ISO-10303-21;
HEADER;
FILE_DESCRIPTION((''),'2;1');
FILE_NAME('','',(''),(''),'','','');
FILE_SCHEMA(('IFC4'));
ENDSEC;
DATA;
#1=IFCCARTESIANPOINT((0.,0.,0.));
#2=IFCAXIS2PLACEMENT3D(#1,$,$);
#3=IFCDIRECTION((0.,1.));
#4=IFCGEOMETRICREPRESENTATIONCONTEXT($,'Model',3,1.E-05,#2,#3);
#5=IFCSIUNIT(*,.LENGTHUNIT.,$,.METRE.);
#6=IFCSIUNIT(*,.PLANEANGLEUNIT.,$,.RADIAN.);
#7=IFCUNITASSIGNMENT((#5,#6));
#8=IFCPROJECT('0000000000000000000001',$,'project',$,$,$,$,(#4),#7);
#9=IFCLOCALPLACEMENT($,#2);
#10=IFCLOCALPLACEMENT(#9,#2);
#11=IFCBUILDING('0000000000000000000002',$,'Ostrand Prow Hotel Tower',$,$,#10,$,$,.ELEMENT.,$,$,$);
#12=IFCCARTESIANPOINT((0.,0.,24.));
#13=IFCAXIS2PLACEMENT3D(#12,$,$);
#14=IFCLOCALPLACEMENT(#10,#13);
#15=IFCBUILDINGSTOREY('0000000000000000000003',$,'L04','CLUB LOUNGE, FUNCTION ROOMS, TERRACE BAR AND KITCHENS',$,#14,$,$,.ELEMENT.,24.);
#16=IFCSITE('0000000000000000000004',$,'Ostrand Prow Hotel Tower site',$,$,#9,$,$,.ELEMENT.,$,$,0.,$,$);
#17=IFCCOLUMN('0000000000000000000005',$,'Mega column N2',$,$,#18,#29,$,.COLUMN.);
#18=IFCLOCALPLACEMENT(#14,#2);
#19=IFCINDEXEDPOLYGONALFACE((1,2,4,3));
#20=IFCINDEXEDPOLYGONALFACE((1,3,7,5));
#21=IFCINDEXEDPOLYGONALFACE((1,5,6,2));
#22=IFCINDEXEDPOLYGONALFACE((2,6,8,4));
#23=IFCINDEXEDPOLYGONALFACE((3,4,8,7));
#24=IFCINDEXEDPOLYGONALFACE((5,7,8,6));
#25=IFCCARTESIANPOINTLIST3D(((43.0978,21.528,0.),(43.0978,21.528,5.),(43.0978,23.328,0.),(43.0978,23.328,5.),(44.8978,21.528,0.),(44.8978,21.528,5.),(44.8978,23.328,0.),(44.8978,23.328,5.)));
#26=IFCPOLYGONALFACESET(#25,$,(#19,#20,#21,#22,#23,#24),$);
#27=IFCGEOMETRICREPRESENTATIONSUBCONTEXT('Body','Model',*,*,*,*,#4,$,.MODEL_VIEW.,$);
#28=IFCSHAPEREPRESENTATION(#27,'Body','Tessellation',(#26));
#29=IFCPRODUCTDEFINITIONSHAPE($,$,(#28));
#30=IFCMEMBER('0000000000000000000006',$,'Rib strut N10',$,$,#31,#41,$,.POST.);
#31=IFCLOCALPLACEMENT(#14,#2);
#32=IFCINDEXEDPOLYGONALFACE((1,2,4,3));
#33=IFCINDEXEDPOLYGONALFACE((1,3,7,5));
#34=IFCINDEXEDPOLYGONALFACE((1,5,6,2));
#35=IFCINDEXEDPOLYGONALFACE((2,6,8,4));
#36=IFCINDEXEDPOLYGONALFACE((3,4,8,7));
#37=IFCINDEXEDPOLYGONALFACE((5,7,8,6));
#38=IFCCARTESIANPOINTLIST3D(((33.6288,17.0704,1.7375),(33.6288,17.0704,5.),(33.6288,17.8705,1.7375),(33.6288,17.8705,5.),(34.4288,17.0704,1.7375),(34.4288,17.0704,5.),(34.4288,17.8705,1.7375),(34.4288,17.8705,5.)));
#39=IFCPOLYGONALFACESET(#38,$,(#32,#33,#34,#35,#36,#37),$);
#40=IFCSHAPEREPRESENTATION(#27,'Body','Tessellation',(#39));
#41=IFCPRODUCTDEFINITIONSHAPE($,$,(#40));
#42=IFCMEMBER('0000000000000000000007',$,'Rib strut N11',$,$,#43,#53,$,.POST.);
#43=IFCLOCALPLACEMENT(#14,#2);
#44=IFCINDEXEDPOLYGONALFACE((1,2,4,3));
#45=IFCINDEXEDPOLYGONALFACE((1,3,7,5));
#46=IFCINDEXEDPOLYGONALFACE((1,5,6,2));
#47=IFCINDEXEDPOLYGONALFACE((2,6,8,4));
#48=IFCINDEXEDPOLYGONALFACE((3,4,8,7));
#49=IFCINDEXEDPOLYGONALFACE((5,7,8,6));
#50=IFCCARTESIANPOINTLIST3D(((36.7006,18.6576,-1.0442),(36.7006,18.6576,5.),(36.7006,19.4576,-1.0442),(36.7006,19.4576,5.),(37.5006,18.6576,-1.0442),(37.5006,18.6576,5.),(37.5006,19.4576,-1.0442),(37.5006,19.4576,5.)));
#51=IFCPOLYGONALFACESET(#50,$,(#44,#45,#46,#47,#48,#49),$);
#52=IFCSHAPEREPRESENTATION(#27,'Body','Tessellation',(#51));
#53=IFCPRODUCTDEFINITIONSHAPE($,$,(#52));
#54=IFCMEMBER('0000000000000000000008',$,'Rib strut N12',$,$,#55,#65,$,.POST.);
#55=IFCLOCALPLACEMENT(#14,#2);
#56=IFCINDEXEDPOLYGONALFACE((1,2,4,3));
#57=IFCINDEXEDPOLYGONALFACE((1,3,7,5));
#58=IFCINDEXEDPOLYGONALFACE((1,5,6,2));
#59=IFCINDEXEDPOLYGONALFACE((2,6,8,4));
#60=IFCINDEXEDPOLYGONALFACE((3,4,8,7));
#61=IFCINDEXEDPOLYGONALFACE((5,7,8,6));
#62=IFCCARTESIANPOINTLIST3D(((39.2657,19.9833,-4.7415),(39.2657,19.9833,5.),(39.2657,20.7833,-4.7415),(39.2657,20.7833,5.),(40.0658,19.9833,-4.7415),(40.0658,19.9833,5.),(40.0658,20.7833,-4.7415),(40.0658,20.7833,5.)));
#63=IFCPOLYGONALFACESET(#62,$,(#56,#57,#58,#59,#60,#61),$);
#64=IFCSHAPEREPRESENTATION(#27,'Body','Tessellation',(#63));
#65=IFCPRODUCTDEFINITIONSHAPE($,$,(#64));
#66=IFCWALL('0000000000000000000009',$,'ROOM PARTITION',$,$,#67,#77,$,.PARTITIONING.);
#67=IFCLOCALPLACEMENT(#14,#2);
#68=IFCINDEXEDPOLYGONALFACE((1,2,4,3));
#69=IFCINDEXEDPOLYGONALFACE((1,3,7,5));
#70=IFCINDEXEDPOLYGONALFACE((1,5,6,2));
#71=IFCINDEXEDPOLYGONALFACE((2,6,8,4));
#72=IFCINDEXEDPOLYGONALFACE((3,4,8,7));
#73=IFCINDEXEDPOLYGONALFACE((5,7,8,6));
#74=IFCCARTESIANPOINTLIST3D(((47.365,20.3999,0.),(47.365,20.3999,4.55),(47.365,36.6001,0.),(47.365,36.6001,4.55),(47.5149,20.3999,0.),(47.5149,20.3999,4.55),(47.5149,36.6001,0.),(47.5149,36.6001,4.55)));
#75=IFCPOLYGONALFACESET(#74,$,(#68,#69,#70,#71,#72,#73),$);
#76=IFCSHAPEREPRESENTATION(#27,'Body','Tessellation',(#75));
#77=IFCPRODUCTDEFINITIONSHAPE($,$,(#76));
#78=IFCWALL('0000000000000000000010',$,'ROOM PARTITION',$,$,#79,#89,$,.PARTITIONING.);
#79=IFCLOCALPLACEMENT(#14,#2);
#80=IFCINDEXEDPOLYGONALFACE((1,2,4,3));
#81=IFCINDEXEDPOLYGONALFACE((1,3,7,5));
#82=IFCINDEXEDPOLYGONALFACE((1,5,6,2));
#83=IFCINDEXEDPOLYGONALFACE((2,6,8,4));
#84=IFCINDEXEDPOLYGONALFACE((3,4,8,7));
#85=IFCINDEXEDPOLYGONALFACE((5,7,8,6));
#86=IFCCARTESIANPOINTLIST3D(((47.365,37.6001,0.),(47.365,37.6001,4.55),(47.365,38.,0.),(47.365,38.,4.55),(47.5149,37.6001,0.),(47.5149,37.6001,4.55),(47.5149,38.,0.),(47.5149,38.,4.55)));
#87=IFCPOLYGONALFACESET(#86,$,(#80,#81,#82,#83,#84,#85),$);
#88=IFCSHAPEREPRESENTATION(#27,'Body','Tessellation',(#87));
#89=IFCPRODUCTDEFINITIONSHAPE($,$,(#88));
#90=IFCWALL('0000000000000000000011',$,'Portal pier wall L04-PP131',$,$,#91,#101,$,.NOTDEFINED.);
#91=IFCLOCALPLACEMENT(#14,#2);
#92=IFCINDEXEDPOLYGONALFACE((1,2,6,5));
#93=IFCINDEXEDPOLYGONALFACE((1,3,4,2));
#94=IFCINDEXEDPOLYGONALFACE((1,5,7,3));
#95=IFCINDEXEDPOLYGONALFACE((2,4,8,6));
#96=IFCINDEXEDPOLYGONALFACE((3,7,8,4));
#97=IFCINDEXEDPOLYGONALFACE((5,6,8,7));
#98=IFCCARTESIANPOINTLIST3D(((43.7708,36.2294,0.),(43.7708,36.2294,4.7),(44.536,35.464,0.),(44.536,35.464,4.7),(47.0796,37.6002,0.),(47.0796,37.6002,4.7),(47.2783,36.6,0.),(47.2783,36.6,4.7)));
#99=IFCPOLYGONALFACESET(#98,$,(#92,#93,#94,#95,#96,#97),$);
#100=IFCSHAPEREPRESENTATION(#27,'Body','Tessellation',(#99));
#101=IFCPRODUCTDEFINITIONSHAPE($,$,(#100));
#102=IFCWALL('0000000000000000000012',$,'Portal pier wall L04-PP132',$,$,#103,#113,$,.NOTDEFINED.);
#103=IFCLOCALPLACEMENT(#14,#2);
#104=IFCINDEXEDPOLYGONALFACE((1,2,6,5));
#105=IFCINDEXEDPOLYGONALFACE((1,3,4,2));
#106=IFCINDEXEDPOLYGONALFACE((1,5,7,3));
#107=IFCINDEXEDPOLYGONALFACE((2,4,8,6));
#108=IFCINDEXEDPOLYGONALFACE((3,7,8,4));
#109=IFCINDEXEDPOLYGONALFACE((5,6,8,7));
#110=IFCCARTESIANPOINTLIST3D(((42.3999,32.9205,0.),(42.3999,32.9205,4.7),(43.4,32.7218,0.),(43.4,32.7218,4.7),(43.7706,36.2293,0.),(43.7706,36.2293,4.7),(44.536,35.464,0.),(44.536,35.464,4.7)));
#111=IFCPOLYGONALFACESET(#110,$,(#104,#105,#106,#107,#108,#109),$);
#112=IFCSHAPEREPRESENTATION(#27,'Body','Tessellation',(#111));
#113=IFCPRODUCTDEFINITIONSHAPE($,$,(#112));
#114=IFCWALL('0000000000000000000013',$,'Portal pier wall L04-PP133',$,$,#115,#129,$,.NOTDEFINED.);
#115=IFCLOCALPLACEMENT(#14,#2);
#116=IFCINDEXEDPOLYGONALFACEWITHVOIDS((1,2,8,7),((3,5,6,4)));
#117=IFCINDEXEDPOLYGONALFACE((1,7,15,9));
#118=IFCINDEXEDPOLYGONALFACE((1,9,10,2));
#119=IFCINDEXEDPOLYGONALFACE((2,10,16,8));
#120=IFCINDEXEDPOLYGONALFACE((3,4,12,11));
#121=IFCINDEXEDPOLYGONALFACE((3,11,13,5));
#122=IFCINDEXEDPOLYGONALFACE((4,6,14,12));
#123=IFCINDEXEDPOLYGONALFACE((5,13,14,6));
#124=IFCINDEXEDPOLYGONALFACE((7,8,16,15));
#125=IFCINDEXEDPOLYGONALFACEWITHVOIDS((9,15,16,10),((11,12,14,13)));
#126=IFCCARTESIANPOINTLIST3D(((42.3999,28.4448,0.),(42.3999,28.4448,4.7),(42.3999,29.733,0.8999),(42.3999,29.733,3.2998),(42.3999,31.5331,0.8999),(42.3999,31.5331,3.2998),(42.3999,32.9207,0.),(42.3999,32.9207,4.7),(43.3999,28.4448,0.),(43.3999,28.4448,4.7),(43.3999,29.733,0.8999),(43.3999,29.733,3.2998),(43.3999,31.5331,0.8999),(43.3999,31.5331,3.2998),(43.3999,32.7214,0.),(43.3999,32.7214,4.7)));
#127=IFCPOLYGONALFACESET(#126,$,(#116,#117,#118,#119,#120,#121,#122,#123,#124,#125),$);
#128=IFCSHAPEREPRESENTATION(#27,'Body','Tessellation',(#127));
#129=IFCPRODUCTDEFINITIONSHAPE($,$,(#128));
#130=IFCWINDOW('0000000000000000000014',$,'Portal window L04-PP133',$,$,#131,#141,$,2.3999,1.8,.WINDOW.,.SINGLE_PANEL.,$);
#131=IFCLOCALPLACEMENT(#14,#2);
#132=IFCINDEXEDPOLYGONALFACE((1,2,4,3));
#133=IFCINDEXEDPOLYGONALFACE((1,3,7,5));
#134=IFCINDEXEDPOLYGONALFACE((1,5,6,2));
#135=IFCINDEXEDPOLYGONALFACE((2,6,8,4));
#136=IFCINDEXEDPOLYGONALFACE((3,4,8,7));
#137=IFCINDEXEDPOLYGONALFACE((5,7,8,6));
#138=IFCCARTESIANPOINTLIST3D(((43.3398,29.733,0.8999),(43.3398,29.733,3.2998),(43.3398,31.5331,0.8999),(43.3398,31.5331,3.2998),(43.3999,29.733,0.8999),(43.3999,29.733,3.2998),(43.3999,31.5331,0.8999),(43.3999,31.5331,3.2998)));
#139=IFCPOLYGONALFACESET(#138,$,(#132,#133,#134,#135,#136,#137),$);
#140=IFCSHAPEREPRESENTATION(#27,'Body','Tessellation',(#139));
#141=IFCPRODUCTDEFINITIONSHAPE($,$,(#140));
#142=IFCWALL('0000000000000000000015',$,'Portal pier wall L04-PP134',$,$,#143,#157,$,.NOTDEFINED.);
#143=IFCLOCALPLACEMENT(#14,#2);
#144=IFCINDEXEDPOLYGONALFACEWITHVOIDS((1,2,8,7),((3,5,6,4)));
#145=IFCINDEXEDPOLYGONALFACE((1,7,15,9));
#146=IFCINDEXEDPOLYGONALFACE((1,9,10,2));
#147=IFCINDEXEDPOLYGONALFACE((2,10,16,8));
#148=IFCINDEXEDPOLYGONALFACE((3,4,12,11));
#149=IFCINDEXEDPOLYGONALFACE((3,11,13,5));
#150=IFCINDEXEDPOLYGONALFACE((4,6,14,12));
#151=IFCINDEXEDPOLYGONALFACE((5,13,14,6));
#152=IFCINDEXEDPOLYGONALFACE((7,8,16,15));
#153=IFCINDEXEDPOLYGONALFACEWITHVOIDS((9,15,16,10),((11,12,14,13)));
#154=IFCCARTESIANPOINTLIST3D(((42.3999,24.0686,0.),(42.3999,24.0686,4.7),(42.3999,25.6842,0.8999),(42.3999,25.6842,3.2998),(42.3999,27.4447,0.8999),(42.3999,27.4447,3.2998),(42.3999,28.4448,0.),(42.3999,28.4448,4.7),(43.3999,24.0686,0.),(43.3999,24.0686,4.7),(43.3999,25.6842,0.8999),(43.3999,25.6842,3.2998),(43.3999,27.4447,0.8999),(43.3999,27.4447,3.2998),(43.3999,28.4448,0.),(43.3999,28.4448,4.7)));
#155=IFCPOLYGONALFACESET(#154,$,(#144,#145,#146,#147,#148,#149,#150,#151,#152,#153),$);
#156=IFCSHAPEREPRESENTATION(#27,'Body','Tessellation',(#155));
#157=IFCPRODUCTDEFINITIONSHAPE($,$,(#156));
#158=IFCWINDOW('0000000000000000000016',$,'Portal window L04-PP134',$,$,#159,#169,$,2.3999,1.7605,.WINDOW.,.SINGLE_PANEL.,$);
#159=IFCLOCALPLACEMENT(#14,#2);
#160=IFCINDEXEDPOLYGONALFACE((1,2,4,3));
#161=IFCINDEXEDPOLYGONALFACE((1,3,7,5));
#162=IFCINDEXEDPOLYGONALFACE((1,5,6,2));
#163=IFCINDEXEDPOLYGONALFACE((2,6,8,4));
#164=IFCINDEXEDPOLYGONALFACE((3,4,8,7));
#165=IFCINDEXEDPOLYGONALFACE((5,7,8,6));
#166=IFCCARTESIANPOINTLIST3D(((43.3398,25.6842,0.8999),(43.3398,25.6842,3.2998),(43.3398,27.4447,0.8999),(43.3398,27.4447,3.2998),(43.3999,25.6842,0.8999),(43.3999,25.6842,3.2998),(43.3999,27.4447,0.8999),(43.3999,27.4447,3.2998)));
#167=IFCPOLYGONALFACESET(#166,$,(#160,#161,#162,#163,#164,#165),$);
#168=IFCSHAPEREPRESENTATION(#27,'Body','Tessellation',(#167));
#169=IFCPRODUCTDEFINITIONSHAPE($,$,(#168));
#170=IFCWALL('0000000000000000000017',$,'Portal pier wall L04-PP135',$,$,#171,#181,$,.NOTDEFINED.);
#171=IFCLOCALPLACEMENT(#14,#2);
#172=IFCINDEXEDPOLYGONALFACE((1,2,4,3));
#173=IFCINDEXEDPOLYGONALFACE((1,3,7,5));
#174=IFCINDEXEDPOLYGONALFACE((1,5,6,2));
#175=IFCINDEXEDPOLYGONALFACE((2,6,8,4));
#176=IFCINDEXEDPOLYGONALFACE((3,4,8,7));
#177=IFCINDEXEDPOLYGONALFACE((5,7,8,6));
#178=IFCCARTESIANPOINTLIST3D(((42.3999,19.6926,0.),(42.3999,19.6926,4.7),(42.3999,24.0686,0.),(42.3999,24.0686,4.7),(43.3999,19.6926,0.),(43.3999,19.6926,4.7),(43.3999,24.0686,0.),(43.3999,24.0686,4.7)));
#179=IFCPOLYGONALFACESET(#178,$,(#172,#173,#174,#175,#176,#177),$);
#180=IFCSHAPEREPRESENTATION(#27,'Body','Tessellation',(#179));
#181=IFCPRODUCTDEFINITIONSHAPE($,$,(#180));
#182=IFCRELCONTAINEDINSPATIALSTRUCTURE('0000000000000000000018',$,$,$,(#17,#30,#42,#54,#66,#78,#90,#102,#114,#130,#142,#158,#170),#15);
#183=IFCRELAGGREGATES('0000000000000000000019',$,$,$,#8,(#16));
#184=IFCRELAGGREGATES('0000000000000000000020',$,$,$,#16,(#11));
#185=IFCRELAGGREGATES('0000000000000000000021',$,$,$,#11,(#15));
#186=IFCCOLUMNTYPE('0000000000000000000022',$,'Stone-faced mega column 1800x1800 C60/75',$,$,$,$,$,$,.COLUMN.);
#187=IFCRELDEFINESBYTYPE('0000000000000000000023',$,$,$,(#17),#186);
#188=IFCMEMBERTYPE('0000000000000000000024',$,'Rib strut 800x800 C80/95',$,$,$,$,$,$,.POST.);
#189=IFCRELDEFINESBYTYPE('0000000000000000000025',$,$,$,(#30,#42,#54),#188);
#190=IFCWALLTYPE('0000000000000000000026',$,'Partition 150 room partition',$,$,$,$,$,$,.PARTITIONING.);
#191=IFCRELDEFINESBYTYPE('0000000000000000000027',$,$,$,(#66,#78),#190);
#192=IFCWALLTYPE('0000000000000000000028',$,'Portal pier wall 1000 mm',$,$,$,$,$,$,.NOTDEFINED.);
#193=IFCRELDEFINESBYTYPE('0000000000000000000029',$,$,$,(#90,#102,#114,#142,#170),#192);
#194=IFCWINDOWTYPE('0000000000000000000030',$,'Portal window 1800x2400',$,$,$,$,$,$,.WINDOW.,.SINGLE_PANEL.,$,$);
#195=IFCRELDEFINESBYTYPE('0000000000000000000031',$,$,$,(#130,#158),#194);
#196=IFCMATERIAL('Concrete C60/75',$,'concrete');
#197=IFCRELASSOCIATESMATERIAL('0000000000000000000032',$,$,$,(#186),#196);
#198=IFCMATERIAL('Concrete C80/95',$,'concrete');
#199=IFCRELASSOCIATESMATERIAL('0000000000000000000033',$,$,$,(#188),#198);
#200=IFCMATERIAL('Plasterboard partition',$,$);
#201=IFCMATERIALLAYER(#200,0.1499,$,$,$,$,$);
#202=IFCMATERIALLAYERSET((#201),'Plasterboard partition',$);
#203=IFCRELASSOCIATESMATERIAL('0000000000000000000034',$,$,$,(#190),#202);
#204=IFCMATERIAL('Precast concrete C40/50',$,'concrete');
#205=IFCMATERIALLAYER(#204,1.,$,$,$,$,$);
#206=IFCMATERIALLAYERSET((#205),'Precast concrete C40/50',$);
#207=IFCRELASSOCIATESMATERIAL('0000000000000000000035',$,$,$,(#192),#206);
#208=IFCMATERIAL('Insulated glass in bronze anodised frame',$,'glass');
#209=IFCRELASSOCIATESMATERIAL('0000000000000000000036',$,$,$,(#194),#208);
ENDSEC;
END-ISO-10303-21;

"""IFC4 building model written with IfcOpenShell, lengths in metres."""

from ifc_helpers import new_model, si_unit, direction, frame, frame_2d, origin, origin_2d, place, context, subcontext, project, spatial, polyline, rectangle, outline, extrude, material, layer, layer_set, material_profile, profile_set, type_object, element, fill, save


model = new_model("IFC4")

# Units and contexts
model_context = context("Model", 3, precision=1e-05, world=origin(), true_north=direction((0.0, 1.0)))
body_context = subcontext(model_context, "Body", "Model", "MODEL_VIEW")
ifc_project = project(units=[si_unit("LENGTHUNIT", "METRE"), si_unit("PLANEANGLEUNIT", "RADIAN")], contexts=[model_context])

# Site, building, storey
site_placement = place(None, origin())
site = spatial("IfcSite", under=ifc_project, at=site_placement, Name="Ostrand Prow Hotel Tower site", CompositionType="ELEMENT", RefElevation=0.0)
building_placement = place(site_placement, origin())
building = spatial("IfcBuilding", under=site, at=building_placement, Name="Ostrand Prow Hotel Tower", CompositionType="ELEMENT")
storey_placement = place(building_placement, frame((0.0, 0.0, 24.0)))
storey = spatial("IfcBuildingStorey", under=building, at=storey_placement, Name="L04", Description="CLUB LOUNGE, FUNCTION ROOMS, TERRACE BAR AND KITCHENS", CompositionType="ELEMENT", Elevation=24.0)

# Column
ifc_material_1 = material(Name="Concrete C60/75", Category="concrete")
ifc_material_profile_1 = material_profile(ifc_material_1, rectangle(XDim=1.8, YDim=1.8, at=origin_2d()), Name="RC 1800x1800")
ifc_profile_set_1 = profile_set([ifc_material_profile_1], Name="Concrete C60/75")
column_type = type_object("IfcColumnType", Name="Stone-faced mega column 1800x1800 C60/75", PredefinedType="COLUMN", material=ifc_profile_set_1)
column_placement = place(storey_placement, frame((43.9978, 22.428, 0.0), z_axis=(0.0, 0.0, 1.0), x_axis=(1.0, 0.0, 0.0)))
element("IfcColumn", 1, at=column_placement, inside=storey, type_object=column_type, Name="Mega column N2", PredefinedType="COLUMN", context=body_context, shape_type="SweptSolid", body=[
    extrude(rectangle(XDim=1.8, YDim=1.8, at=origin_2d()), origin(), (0.0, 0.0, 1.0), 5.0),
])

# Members
ifc_material_2 = material(Name="Concrete C80/95", Category="concrete")
ifc_material_profile_2 = material_profile(ifc_material_2, rectangle(XDim=0.8, YDim=0.8, at=origin_2d()), Name="RC 800x800")
ifc_profile_set_2 = profile_set([ifc_material_profile_2], Name="Concrete C80/95")
member_type = type_object("IfcMemberType", Name="Rib strut 800x800 C80/95", PredefinedType="POST", material=ifc_profile_set_2)
member_1_placement = place(storey_placement, frame((34.0288, 17.4705, 1.7375), z_axis=(0.0, 0.0, 1.0), x_axis=(1.0, 0.0, 0.0)))
element("IfcMember", 2, at=member_1_placement, inside=storey, type_object=member_type, Name="Rib strut N10", PredefinedType="POST", context=body_context, shape_type="SweptSolid", body=[
    extrude(rectangle(XDim=0.8, YDim=0.8, at=origin_2d()), origin(), (0.0, 0.0, 1.0), 3.2625),
])
member_2_placement = place(storey_placement, frame((37.1006, 19.0576, -1.0442), z_axis=(0.0, 0.0, 1.0), x_axis=(1.0, 0.0, 0.0)))
element("IfcMember", 3, at=member_2_placement, inside=storey, type_object=member_type, Name="Rib strut N11", PredefinedType="POST", context=body_context, shape_type="SweptSolid", body=[
    extrude(rectangle(XDim=0.8, YDim=0.8, at=origin_2d()), origin(), (0.0, 0.0, 1.0), 6.0442),
])
member_3_placement = place(storey_placement, frame((39.6658, 20.3833, -4.7415), z_axis=(0.0, 0.0, 1.0), x_axis=(1.0, 0.0, 0.0)))
element("IfcMember", 4, at=member_3_placement, inside=storey, type_object=member_type, Name="Rib strut N12", PredefinedType="POST", context=body_context, shape_type="SweptSolid", body=[
    extrude(rectangle(XDim=0.8, YDim=0.8, at=origin_2d()), origin(), (0.0, 0.0, 1.0), 9.7415),
])

# Walls
ifc_material_3 = material(Name="Plasterboard partition")
ifc_layer_1 = layer(ifc_material_3, 0.1499)
ifc_layer_set_1 = layer_set([ifc_layer_1], Name="Plasterboard partition")
wall_type_1 = type_object("IfcWallType", Name="Partition 150 room partition", PredefinedType="PARTITIONING", material=ifc_layer_set_1)
wall_1_placement = place(storey_placement, frame((47.4399, 20.3999, 0.0), z_axis=(0.0, 0.0, 1.0), x_axis=(0.0, 1.0, 0.0)))
element("IfcWall", 5, at=wall_1_placement, inside=storey, type_object=wall_type_1, Name="ROOM PARTITION", PredefinedType="PARTITIONING", context=body_context, shape_type="SweptSolid", body=[
    extrude(rectangle(XDim=16.2002, YDim=0.1499, at=frame_2d((8.1001, 0.0))), origin(), (0.0, 0.0, 1.0), 4.55),
])
wall_2_placement = place(storey_placement, frame((47.4399, 37.6001, 0.0), z_axis=(0.0, 0.0, 1.0), x_axis=(0.0, 1.0, 0.0)))
element("IfcWall", 6, at=wall_2_placement, inside=storey, type_object=wall_type_1, Name="ROOM PARTITION", PredefinedType="PARTITIONING", context=body_context, shape_type="SweptSolid", body=[
    extrude(rectangle(XDim=0.3999, YDim=0.1499, at=frame_2d((0.2, 0.0))), origin(), (0.0, 0.0, 1.0), 4.55),
])
ifc_material_4 = material(Name="Precast concrete C40/50", Category="concrete")
ifc_layer_2 = layer(ifc_material_4, 1.0)
ifc_layer_set_2 = layer_set([ifc_layer_2], Name="Precast concrete C40/50")
wall_type_2 = type_object("IfcWallType", Name="Portal pier wall 1000 mm", PredefinedType="NOTDEFINED", material=ifc_layer_set_2)
wall_3_placement = place(storey_placement, frame((47.179, 37.1001, 0.0), z_axis=(0.0, 0.0, 1.0), x_axis=(-0.923862, -0.382725, 0.0)))
element("IfcWall", 7, at=wall_3_placement, inside=storey, type_object=wall_type_2, Name="Portal pier wall L04-PP131", PredefinedType="NOTDEFINED", context=body_context, shape_type="SweptSolid", body=[
    extrude(outline(polyline([(-0.0996, -0.5), (3.4819, -0.5), (3.0679, 0.5), (0.0996, 0.5), (-0.0996, -0.5)])), origin(), (0.0, 0.0, 1.0), 4.7),
])
wall_4_placement = place(storey_placement, frame((44.1533, 35.8467, 0.0), z_axis=(0.0, 0.0, 1.0), x_axis=(-0.382725, -0.923862, 0.0)))
element("IfcWall", 8, at=wall_4_placement, inside=storey, type_object=wall_type_2, Name="Portal pier wall L04-PP132", PredefinedType="NOTDEFINED", context=body_context, shape_type="SweptSolid", body=[
    extrude(outline(polyline([(-0.207, -0.5), (3.3745, -0.5), (3.1753, 0.5), (0.207, 0.5), (-0.207, -0.5)])), origin(), (0.0, 0.0, 1.0), 4.7),
])

# Walls, openings, windows
wall_5_placement = place(storey_placement, frame((42.8999, 32.821, 0.0), z_axis=(0.0, 0.0, 1.0), x_axis=(0.0, -1.0, 0.0)))
wall_5 = element("IfcWall", 9, at=wall_5_placement, inside=storey, type_object=wall_type_2, Name="Portal pier wall L04-PP133", PredefinedType="NOTDEFINED", context=body_context, shape_type="SweptSolid", body=[
    extrude(outline(polyline([(-0.0996, -0.5), (4.3762, -0.5), (4.3762, 0.5), (0.0996, 0.5), (-0.0996, -0.5)])), origin(), (0.0, 0.0, 1.0), 4.7),
])
opening_1_placement = place(wall_5_placement, frame((1.2881, 0.0, 0.8999)))
opening_1 = element("IfcOpeningElement", 10, at=opening_1_placement, cuts=wall_5, PredefinedType="OPENING", context=body_context, shape_type="SweptSolid", body=[
    extrude(rectangle(XDim=1.8, YDim=2.3999, at=frame_2d((0.8999, 1.2))), frame((0.0, 0.51, 0.0), z_axis=(0.0, -1.0, 0.0), x_axis=(1.0, 0.0, 0.0)), (0.0, 0.0, 1.0), 1.02),
])
ifc_material_5 = material(Name="Insulated glass in bronze anodised frame", Category="glass")
window_type = type_object("IfcWindowType", Name="Portal window 1800x2400", PartitioningType="SINGLE_PANEL", PredefinedType="WINDOW", material=ifc_material_5)
window_1_placement = place(opening_1_placement, origin())
window_1 = element("IfcWindow", 11, at=window_1_placement, inside=storey, type_object=window_type, Name="Portal window L04-PP133", OverallHeight=2.3999, OverallWidth=1.8, PartitioningType="SINGLE_PANEL", PredefinedType="WINDOW", context=body_context, shape_type="SweptSolid", body=[
    extrude(rectangle(XDim=1.8, YDim=2.3999, at=frame_2d((0.8999, 1.2))), frame((0.0, 0.5, 0.0), z_axis=(0.0, -1.0, 0.0), x_axis=(1.0, 0.0, 0.0)), (0.0, 0.0, 1.0), 0.0601),
])
fill(opening_1, window_1)
wall_6_placement = place(storey_placement, frame((42.8999, 28.4448, 0.0), z_axis=(0.0, 0.0, 1.0), x_axis=(0.0, -1.0, 0.0)))
wall_6 = element("IfcWall", 12, at=wall_6_placement, inside=storey, type_object=wall_type_2, Name="Portal pier wall L04-PP134", PredefinedType="NOTDEFINED", context=body_context, shape_type="SweptSolid", body=[
    extrude(outline(polyline([(0.0, -0.5), (4.3762, -0.5), (4.3762, 0.5), (0.0, 0.5), (0.0, -0.5)])), origin(), (0.0, 0.0, 1.0), 4.7),
])
opening_2_placement = place(wall_6_placement, frame((1.0, 0.0, 0.8999)))
opening_2 = element("IfcOpeningElement", 13, at=opening_2_placement, cuts=wall_6, PredefinedType="OPENING", context=body_context, shape_type="SweptSolid", body=[
    extrude(rectangle(XDim=1.7605, YDim=2.3999, at=frame_2d((0.8804, 1.2))), frame((0.0, 0.51, 0.0), z_axis=(0.0, -1.0, 0.0), x_axis=(1.0, 0.0, 0.0)), (0.0, 0.0, 1.0), 1.02),
])
window_2_placement = place(opening_2_placement, origin())
window_2 = element("IfcWindow", 14, at=window_2_placement, inside=storey, type_object=window_type, Name="Portal window L04-PP134", OverallHeight=2.3999, OverallWidth=1.7605, PartitioningType="SINGLE_PANEL", PredefinedType="WINDOW", context=body_context, shape_type="SweptSolid", body=[
    extrude(rectangle(XDim=1.7605, YDim=2.3999, at=frame_2d((0.8804, 1.2))), frame((0.0, 0.5, 0.0), z_axis=(0.0, -1.0, 0.0), x_axis=(1.0, 0.0, 0.0)), (0.0, 0.0, 1.0), 0.0601),
])
fill(opening_2, window_2)

# Wall
wall_7_placement = place(storey_placement, frame((42.8999, 24.0686, 0.0), z_axis=(0.0, 0.0, 1.0), x_axis=(0.0, -1.0, 0.0)))
element("IfcWall", 15, at=wall_7_placement, inside=storey, type_object=wall_type_2, Name="Portal pier wall L04-PP135", PredefinedType="NOTDEFINED", context=body_context, shape_type="SweptSolid", body=[
    extrude(outline(polyline([(0.0, -0.5), (4.376, -0.5), (4.376, 0.5), (0.0, 0.5), (0.0, -0.5)])), origin(), (0.0, 0.0, 1.0), 4.7),
])

save(model, "model.ifc")
